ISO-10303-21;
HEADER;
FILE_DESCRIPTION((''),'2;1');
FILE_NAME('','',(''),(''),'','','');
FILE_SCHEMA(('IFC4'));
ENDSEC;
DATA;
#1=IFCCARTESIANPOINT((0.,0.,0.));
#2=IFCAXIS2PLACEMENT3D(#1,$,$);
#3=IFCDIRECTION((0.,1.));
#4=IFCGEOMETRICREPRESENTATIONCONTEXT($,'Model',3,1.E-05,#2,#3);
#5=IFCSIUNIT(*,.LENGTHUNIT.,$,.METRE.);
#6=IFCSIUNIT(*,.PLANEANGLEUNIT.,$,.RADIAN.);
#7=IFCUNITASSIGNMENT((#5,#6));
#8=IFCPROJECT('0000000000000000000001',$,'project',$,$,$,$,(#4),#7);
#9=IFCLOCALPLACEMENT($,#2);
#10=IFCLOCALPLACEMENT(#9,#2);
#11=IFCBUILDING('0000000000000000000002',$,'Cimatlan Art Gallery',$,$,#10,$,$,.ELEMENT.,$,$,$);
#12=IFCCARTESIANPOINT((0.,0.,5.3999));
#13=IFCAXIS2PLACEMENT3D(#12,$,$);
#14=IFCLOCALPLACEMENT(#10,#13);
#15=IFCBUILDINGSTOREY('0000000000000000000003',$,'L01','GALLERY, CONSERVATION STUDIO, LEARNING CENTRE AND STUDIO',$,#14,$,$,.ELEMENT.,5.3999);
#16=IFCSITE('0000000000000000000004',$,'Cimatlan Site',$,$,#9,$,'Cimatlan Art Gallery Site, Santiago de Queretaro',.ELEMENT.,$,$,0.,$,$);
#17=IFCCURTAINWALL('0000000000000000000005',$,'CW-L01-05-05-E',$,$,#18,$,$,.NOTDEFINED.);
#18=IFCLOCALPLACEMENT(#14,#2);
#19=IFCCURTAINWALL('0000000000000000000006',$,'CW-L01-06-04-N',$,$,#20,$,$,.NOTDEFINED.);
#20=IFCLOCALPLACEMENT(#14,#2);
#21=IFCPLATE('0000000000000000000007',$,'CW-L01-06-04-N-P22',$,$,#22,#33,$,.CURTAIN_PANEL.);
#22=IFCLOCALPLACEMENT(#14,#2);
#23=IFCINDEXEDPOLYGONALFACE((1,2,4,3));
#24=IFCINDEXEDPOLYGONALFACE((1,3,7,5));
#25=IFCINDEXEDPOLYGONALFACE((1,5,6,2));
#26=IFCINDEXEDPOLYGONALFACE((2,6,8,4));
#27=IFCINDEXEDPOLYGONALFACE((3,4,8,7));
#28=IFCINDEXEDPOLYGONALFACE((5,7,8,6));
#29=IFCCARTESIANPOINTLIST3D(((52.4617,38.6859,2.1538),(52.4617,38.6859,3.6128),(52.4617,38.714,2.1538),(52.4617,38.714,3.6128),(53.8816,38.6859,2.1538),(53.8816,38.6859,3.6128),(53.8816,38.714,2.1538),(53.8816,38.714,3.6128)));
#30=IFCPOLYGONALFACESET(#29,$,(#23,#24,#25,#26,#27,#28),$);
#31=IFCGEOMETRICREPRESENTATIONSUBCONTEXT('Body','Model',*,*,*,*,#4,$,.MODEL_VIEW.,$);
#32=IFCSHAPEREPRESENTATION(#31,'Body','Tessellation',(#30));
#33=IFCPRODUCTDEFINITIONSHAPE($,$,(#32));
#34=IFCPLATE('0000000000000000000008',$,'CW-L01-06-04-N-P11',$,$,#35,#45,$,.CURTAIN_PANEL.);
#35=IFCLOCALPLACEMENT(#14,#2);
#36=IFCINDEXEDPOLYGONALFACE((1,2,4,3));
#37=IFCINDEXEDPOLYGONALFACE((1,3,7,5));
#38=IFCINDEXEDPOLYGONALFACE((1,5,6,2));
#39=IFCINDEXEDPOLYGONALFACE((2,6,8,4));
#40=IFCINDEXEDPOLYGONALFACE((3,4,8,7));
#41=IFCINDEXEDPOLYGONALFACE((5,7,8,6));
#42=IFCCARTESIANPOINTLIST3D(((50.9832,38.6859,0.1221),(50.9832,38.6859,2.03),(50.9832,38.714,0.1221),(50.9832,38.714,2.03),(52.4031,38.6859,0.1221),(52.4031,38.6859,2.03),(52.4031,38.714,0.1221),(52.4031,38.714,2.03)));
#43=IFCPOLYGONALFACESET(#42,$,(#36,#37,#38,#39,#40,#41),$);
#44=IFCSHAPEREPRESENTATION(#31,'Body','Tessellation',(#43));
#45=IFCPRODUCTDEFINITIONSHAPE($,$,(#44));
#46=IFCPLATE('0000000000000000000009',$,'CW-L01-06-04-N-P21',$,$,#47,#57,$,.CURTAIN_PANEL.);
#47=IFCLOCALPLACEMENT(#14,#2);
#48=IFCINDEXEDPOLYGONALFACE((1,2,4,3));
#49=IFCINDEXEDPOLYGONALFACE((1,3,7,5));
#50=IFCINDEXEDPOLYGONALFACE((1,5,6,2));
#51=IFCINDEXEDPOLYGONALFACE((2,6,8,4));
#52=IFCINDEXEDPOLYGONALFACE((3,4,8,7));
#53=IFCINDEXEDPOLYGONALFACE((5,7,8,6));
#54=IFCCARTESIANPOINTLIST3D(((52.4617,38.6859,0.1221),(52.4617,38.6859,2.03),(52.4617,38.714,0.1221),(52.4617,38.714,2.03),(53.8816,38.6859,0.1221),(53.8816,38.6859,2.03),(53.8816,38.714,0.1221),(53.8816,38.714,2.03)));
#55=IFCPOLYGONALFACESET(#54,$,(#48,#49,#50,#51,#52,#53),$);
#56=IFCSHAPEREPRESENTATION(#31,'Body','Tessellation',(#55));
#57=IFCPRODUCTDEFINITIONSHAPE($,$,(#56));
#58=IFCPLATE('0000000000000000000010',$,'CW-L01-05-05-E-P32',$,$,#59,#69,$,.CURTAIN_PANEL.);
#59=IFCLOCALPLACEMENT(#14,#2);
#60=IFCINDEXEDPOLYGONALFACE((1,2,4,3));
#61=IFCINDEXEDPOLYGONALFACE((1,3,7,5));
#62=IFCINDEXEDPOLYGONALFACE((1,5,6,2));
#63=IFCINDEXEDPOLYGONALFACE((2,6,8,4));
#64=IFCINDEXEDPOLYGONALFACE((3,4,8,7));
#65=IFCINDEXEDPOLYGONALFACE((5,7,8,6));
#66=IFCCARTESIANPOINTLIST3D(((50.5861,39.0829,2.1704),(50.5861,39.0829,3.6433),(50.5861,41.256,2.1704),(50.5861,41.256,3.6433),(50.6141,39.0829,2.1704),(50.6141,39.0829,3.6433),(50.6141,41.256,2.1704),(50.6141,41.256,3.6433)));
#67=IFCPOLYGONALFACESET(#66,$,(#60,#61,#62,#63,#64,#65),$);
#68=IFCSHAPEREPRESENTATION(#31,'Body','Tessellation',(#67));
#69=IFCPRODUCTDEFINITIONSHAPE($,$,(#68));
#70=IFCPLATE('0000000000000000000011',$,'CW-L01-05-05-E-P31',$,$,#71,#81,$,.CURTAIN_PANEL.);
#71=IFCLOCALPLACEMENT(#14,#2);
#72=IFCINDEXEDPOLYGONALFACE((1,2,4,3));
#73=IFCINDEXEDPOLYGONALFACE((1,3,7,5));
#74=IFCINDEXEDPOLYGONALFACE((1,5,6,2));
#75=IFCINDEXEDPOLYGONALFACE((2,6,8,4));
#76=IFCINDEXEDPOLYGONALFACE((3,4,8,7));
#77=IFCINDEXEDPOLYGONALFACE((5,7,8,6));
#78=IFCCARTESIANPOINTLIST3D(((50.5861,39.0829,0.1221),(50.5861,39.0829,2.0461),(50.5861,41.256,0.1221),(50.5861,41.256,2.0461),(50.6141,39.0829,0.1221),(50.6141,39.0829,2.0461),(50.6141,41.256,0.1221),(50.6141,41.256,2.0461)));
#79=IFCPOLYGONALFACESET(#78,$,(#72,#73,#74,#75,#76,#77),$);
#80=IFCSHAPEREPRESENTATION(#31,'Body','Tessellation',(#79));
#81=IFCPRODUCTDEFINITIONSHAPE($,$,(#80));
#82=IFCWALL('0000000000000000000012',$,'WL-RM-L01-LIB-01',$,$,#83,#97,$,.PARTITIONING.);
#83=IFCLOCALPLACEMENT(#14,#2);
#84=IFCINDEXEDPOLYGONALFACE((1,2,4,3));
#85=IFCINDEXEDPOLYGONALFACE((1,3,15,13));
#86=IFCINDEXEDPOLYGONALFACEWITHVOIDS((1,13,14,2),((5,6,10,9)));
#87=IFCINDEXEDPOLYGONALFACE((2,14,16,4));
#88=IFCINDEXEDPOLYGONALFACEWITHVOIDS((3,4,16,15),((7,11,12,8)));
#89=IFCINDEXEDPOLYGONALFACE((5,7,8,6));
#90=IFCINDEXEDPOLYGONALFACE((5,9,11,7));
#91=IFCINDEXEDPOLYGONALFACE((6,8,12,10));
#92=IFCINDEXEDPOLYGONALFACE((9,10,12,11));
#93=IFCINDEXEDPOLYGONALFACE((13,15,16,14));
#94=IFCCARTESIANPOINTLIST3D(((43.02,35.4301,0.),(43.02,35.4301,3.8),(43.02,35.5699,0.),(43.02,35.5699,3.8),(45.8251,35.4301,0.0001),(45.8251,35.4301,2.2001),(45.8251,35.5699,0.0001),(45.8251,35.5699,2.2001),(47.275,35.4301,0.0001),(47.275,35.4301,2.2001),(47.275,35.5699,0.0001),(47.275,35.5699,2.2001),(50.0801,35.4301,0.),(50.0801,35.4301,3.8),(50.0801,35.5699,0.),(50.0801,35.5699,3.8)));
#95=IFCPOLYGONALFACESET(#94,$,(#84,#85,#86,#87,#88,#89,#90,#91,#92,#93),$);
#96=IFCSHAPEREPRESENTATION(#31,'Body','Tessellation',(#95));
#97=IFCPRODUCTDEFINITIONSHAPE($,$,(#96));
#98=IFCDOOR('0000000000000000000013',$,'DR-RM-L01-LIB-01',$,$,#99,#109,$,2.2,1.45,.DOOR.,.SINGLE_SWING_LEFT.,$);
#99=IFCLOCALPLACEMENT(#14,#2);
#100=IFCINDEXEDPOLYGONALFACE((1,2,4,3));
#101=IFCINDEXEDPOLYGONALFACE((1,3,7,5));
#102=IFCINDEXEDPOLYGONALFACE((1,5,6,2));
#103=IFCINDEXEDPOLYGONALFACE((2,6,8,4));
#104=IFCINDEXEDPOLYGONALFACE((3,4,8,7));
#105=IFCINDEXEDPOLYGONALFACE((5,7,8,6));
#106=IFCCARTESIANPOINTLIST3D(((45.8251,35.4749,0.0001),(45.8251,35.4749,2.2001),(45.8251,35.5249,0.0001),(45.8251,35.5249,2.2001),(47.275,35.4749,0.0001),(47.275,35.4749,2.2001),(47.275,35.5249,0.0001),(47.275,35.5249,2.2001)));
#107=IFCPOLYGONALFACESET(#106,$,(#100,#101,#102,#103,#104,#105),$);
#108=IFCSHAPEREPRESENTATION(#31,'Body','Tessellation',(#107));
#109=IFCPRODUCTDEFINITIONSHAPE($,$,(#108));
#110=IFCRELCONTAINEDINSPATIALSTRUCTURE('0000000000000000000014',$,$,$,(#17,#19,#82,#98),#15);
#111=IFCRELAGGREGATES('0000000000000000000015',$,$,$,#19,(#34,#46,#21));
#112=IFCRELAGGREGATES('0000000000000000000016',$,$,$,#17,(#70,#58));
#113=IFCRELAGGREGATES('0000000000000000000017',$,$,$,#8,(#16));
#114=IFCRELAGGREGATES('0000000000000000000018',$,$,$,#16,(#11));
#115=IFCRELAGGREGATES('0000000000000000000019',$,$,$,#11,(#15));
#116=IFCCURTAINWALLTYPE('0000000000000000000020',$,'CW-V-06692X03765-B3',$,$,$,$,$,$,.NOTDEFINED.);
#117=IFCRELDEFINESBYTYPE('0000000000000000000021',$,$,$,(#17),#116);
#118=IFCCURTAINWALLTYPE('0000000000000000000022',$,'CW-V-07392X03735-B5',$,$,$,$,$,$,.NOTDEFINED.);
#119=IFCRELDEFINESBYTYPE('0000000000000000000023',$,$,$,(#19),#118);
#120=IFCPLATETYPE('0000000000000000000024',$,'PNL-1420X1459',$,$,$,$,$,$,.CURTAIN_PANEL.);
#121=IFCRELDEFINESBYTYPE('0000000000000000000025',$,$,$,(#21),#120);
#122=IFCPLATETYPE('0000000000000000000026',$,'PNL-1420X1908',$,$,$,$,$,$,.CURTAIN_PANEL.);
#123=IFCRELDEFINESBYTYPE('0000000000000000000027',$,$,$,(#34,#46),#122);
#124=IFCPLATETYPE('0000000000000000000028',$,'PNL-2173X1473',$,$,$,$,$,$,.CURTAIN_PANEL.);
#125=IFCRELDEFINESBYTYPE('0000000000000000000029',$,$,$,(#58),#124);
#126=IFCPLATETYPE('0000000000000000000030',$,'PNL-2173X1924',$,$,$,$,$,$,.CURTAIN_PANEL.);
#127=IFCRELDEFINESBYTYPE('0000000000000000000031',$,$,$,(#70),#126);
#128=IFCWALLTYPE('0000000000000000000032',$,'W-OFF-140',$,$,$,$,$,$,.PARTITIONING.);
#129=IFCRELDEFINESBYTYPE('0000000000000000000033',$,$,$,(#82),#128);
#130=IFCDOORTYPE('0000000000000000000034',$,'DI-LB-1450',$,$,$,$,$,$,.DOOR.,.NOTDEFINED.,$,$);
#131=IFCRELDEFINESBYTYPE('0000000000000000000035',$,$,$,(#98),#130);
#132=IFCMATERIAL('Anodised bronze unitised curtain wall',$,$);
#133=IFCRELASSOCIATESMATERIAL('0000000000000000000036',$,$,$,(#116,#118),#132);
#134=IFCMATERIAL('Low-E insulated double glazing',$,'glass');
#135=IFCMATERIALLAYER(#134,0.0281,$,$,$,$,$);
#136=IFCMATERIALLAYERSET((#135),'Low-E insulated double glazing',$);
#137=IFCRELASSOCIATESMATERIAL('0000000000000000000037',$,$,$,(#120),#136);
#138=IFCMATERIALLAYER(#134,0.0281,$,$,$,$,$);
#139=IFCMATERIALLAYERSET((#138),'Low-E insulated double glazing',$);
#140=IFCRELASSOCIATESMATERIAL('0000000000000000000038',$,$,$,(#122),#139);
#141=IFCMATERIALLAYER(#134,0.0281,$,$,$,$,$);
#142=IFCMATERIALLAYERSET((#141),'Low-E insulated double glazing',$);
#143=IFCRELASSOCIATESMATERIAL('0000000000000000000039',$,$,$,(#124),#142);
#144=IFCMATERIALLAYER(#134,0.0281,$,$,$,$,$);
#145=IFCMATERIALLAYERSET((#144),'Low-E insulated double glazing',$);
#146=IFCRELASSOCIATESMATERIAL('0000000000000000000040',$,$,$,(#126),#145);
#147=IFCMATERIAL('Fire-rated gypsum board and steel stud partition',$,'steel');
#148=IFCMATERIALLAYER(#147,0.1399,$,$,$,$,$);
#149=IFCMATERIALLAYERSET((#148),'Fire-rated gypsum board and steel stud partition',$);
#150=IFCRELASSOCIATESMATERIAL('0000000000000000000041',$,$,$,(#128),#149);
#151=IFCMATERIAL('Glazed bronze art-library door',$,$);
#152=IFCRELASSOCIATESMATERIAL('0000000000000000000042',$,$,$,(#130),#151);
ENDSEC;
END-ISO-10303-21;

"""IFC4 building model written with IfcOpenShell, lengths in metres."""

from ifc_helpers import new_model, si_unit, direction, frame, frame_2d, origin, origin_2d, place, context, subcontext, project, spatial, rectangle, extrude, material, layer, layer_set, type_object, element, fill, aggregate, save


model = new_model("IFC4")

# Units and contexts
model_context = context("Model", 3, precision=1e-05, world=origin(), true_north=direction((0.0, 1.0)))
body_context = subcontext(model_context, "Body", "Model", "MODEL_VIEW")
ifc_project = project(units=[si_unit("LENGTHUNIT", "METRE"), si_unit("PLANEANGLEUNIT", "RADIAN")], contexts=[model_context])

# Site, building, storey
site_placement = place(None, origin())
site = spatial("IfcSite", under=ifc_project, at=site_placement, Name="Cimatlan Site", LongName="Cimatlan Art Gallery Site, Santiago de Queretaro", CompositionType="ELEMENT", RefElevation=0.0)
building_placement = place(site_placement, origin())
building = spatial("IfcBuilding", under=site, at=building_placement, Name="Cimatlan Art Gallery", CompositionType="ELEMENT")
storey_placement = place(building_placement, frame((0.0, 0.0, 5.3999)))
storey = spatial("IfcBuildingStorey", under=building, at=storey_placement, Name="L01", Description="GALLERY, CONSERVATION STUDIO, LEARNING CENTRE AND STUDIO", CompositionType="ELEMENT", Elevation=5.3999)

# Curtain wall
ifc_material_1 = material(Name="Anodised bronze unitised curtain wall")
curtain_wall_type_1 = type_object("IfcCurtainWallType", Name="CW-V-06692X03765-B3", PredefinedType="NOTDEFINED", material=ifc_material_1)
curtain_wall_1_placement = place(storey_placement, origin())
curtain_wall_1 = element("IfcCurtainWall", 1, at=curtain_wall_1_placement, inside=storey, type_object=curtain_wall_type_1, Name="CW-L01-05-05-E", PredefinedType="NOTDEFINED")

# Curtain wall, plates
curtain_wall_type_2 = type_object("IfcCurtainWallType", Name="CW-V-07392X03735-B5", PredefinedType="NOTDEFINED", material=ifc_material_1)
curtain_wall_2_placement = place(storey_placement, origin())
curtain_wall_2 = element("IfcCurtainWall", 2, at=curtain_wall_2_placement, inside=storey, type_object=curtain_wall_type_2, Name="CW-L01-06-04-N", PredefinedType="NOTDEFINED")
ifc_material_2 = material(Name="Low-E insulated double glazing", Category="glass")
ifc_layer_1 = layer(ifc_material_2, 0.0281)
ifc_layer_set_1 = layer_set([ifc_layer_1], Name="Low-E insulated double glazing")
plate_type_1 = type_object("IfcPlateType", Name="PNL-1420X1459", PredefinedType="CURTAIN_PANEL", material=ifc_layer_set_1)
plate_1_placement = place(storey_placement, frame((53.1716, 38.7, 2.1538), z_axis=(0.0, 0.0, 1.0), x_axis=(1.0, 0.0, 0.0)))
plate_1 = element("IfcPlate", 3, at=plate_1_placement, type_object=plate_type_1, Name="CW-L01-06-04-N-P22", PredefinedType="CURTAIN_PANEL", context=body_context, shape_type="SweptSolid", body=[
    extrude(rectangle(XDim=1.4199, YDim=0.0281, at=origin_2d()), origin(), (0.0, 0.0, 1.0), 1.459),
])
ifc_layer_2 = layer(ifc_material_2, 0.0281)
ifc_layer_set_2 = layer_set([ifc_layer_2], Name="Low-E insulated double glazing")
plate_type_2 = type_object("IfcPlateType", Name="PNL-1420X1908", PredefinedType="CURTAIN_PANEL", material=ifc_layer_set_2)
plate_2_placement = place(storey_placement, frame((51.6931, 38.7, 0.1221), z_axis=(0.0, 0.0, 1.0), x_axis=(1.0, 0.0, 0.0)))
plate_2 = element("IfcPlate", 4, at=plate_2_placement, type_object=plate_type_2, Name="CW-L01-06-04-N-P11", PredefinedType="CURTAIN_PANEL", context=body_context, shape_type="SweptSolid", body=[
    extrude(rectangle(XDim=1.4199, YDim=0.0281, at=origin_2d()), origin(), (0.0, 0.0, 1.0), 1.908),
])
plate_3_placement = place(storey_placement, frame((53.1716, 38.7, 0.1221), z_axis=(0.0, 0.0, 1.0), x_axis=(1.0, 0.0, 0.0)))
plate_3 = element("IfcPlate", 5, at=plate_3_placement, type_object=plate_type_2, Name="CW-L01-06-04-N-P21", PredefinedType="CURTAIN_PANEL", context=body_context, shape_type="SweptSolid", body=[
    extrude(rectangle(XDim=1.4199, YDim=0.0281, at=origin_2d()), origin(), (0.0, 0.0, 1.0), 1.908),
])
aggregate(curtain_wall_2, [plate_2, plate_3, plate_1])

# Plates
ifc_layer_3 = layer(ifc_material_2, 0.0281)
ifc_layer_set_3 = layer_set([ifc_layer_3], Name="Low-E insulated double glazing")
plate_type_3 = type_object("IfcPlateType", Name="PNL-2173X1473", PredefinedType="CURTAIN_PANEL", material=ifc_layer_set_3)
plate_4_placement = place(storey_placement, frame((50.6001, 40.1694, 2.1704), z_axis=(0.0, 0.0, 1.0), x_axis=(0.0, -1.0, 0.0)))
plate_4 = element("IfcPlate", 6, at=plate_4_placement, type_object=plate_type_3, Name="CW-L01-05-05-E-P32", PredefinedType="CURTAIN_PANEL", context=body_context, shape_type="SweptSolid", body=[
    extrude(rectangle(XDim=2.1731, YDim=0.0281, at=origin_2d()), origin(), (0.0, 0.0, 1.0), 1.4729),
])
ifc_layer_4 = layer(ifc_material_2, 0.0281)
ifc_layer_set_4 = layer_set([ifc_layer_4], Name="Low-E insulated double glazing")
plate_type_4 = type_object("IfcPlateType", Name="PNL-2173X1924", PredefinedType="CURTAIN_PANEL", material=ifc_layer_set_4)
plate_5_placement = place(storey_placement, frame((50.6001, 40.1694, 0.1221), z_axis=(0.0, 0.0, 1.0), x_axis=(0.0, -1.0, 0.0)))
plate_5 = element("IfcPlate", 7, at=plate_5_placement, type_object=plate_type_4, Name="CW-L01-05-05-E-P31", PredefinedType="CURTAIN_PANEL", context=body_context, shape_type="SweptSolid", body=[
    extrude(rectangle(XDim=2.1731, YDim=0.0281, at=origin_2d()), origin(), (0.0, 0.0, 1.0), 1.9241),
])
aggregate(curtain_wall_1, [plate_5, plate_4])

# Wall, opening, door
ifc_material_3 = material(Name="Fire-rated gypsum board and steel stud partition", Category="steel")
ifc_layer_5 = layer(ifc_material_3, 0.1399)
ifc_layer_set_5 = layer_set([ifc_layer_5], Name="Fire-rated gypsum board and steel stud partition")
wall_type_1 = type_object("IfcWallType", Name="W-OFF-140", PredefinedType="PARTITIONING", material=ifc_layer_set_5)
wall_1_placement = place(storey_placement, frame((43.02, 35.5, 0.0), z_axis=(0.0, 0.0, 1.0), x_axis=(1.0, 0.0, 0.0)))
wall_1 = element("IfcWall", 8, at=wall_1_placement, inside=storey, type_object=wall_type_1, Name="WL-RM-L01-LIB-01", PredefinedType="PARTITIONING", context=body_context, shape_type="SweptSolid", body=[
    extrude(rectangle(XDim=7.0601, YDim=0.1399, at=frame_2d((3.53, 0.0))), origin(), (0.0, 0.0, 1.0), 3.8),
])
opening_1_placement = place(wall_1_placement, frame((2.8049, 0.0, 0.0)))
opening_1 = element("IfcOpeningElement", 9, at=opening_1_placement, cuts=wall_1, PredefinedType="OPENING", context=body_context, shape_type="SweptSolid", body=[
    extrude(rectangle(XDim=1.45, YDim=2.2, at=frame_2d((0.7251, 1.1001))), frame((0.0, 0.0801, 0.0), z_axis=(0.0, -1.0, 0.0), x_axis=(1.0, 0.0, 0.0)), (0.0, 0.0, 1.0), 0.1599),
])
ifc_material_4 = material(Name="Glazed bronze art-library door")
door_type_1 = type_object("IfcDoorType", Name="DI-LB-1450", OperationType="NOTDEFINED", PredefinedType="DOOR", material=ifc_material_4)
door_1_placement = place(opening_1_placement, origin())
door_1 = element("IfcDoor", 10, at=door_1_placement, inside=storey, type_object=door_type_1, Name="DR-RM-L01-LIB-01", OperationType="SINGLE_SWING_LEFT", OverallHeight=2.2, OverallWidth=1.45, PredefinedType="DOOR", context=body_context, shape_type="SweptSolid", body=[
    extrude(rectangle(XDim=1.45, YDim=2.2, at=frame_2d((0.7251, 1.1001))), frame((0.0, 0.0249, 0.0), z_axis=(0.0, -1.0, 0.0), x_axis=(1.0, 0.0, 0.0)), (0.0, 0.0, 1.0), 0.05),
])
fill(opening_1, door_1)

save(model, "model.ifc")
